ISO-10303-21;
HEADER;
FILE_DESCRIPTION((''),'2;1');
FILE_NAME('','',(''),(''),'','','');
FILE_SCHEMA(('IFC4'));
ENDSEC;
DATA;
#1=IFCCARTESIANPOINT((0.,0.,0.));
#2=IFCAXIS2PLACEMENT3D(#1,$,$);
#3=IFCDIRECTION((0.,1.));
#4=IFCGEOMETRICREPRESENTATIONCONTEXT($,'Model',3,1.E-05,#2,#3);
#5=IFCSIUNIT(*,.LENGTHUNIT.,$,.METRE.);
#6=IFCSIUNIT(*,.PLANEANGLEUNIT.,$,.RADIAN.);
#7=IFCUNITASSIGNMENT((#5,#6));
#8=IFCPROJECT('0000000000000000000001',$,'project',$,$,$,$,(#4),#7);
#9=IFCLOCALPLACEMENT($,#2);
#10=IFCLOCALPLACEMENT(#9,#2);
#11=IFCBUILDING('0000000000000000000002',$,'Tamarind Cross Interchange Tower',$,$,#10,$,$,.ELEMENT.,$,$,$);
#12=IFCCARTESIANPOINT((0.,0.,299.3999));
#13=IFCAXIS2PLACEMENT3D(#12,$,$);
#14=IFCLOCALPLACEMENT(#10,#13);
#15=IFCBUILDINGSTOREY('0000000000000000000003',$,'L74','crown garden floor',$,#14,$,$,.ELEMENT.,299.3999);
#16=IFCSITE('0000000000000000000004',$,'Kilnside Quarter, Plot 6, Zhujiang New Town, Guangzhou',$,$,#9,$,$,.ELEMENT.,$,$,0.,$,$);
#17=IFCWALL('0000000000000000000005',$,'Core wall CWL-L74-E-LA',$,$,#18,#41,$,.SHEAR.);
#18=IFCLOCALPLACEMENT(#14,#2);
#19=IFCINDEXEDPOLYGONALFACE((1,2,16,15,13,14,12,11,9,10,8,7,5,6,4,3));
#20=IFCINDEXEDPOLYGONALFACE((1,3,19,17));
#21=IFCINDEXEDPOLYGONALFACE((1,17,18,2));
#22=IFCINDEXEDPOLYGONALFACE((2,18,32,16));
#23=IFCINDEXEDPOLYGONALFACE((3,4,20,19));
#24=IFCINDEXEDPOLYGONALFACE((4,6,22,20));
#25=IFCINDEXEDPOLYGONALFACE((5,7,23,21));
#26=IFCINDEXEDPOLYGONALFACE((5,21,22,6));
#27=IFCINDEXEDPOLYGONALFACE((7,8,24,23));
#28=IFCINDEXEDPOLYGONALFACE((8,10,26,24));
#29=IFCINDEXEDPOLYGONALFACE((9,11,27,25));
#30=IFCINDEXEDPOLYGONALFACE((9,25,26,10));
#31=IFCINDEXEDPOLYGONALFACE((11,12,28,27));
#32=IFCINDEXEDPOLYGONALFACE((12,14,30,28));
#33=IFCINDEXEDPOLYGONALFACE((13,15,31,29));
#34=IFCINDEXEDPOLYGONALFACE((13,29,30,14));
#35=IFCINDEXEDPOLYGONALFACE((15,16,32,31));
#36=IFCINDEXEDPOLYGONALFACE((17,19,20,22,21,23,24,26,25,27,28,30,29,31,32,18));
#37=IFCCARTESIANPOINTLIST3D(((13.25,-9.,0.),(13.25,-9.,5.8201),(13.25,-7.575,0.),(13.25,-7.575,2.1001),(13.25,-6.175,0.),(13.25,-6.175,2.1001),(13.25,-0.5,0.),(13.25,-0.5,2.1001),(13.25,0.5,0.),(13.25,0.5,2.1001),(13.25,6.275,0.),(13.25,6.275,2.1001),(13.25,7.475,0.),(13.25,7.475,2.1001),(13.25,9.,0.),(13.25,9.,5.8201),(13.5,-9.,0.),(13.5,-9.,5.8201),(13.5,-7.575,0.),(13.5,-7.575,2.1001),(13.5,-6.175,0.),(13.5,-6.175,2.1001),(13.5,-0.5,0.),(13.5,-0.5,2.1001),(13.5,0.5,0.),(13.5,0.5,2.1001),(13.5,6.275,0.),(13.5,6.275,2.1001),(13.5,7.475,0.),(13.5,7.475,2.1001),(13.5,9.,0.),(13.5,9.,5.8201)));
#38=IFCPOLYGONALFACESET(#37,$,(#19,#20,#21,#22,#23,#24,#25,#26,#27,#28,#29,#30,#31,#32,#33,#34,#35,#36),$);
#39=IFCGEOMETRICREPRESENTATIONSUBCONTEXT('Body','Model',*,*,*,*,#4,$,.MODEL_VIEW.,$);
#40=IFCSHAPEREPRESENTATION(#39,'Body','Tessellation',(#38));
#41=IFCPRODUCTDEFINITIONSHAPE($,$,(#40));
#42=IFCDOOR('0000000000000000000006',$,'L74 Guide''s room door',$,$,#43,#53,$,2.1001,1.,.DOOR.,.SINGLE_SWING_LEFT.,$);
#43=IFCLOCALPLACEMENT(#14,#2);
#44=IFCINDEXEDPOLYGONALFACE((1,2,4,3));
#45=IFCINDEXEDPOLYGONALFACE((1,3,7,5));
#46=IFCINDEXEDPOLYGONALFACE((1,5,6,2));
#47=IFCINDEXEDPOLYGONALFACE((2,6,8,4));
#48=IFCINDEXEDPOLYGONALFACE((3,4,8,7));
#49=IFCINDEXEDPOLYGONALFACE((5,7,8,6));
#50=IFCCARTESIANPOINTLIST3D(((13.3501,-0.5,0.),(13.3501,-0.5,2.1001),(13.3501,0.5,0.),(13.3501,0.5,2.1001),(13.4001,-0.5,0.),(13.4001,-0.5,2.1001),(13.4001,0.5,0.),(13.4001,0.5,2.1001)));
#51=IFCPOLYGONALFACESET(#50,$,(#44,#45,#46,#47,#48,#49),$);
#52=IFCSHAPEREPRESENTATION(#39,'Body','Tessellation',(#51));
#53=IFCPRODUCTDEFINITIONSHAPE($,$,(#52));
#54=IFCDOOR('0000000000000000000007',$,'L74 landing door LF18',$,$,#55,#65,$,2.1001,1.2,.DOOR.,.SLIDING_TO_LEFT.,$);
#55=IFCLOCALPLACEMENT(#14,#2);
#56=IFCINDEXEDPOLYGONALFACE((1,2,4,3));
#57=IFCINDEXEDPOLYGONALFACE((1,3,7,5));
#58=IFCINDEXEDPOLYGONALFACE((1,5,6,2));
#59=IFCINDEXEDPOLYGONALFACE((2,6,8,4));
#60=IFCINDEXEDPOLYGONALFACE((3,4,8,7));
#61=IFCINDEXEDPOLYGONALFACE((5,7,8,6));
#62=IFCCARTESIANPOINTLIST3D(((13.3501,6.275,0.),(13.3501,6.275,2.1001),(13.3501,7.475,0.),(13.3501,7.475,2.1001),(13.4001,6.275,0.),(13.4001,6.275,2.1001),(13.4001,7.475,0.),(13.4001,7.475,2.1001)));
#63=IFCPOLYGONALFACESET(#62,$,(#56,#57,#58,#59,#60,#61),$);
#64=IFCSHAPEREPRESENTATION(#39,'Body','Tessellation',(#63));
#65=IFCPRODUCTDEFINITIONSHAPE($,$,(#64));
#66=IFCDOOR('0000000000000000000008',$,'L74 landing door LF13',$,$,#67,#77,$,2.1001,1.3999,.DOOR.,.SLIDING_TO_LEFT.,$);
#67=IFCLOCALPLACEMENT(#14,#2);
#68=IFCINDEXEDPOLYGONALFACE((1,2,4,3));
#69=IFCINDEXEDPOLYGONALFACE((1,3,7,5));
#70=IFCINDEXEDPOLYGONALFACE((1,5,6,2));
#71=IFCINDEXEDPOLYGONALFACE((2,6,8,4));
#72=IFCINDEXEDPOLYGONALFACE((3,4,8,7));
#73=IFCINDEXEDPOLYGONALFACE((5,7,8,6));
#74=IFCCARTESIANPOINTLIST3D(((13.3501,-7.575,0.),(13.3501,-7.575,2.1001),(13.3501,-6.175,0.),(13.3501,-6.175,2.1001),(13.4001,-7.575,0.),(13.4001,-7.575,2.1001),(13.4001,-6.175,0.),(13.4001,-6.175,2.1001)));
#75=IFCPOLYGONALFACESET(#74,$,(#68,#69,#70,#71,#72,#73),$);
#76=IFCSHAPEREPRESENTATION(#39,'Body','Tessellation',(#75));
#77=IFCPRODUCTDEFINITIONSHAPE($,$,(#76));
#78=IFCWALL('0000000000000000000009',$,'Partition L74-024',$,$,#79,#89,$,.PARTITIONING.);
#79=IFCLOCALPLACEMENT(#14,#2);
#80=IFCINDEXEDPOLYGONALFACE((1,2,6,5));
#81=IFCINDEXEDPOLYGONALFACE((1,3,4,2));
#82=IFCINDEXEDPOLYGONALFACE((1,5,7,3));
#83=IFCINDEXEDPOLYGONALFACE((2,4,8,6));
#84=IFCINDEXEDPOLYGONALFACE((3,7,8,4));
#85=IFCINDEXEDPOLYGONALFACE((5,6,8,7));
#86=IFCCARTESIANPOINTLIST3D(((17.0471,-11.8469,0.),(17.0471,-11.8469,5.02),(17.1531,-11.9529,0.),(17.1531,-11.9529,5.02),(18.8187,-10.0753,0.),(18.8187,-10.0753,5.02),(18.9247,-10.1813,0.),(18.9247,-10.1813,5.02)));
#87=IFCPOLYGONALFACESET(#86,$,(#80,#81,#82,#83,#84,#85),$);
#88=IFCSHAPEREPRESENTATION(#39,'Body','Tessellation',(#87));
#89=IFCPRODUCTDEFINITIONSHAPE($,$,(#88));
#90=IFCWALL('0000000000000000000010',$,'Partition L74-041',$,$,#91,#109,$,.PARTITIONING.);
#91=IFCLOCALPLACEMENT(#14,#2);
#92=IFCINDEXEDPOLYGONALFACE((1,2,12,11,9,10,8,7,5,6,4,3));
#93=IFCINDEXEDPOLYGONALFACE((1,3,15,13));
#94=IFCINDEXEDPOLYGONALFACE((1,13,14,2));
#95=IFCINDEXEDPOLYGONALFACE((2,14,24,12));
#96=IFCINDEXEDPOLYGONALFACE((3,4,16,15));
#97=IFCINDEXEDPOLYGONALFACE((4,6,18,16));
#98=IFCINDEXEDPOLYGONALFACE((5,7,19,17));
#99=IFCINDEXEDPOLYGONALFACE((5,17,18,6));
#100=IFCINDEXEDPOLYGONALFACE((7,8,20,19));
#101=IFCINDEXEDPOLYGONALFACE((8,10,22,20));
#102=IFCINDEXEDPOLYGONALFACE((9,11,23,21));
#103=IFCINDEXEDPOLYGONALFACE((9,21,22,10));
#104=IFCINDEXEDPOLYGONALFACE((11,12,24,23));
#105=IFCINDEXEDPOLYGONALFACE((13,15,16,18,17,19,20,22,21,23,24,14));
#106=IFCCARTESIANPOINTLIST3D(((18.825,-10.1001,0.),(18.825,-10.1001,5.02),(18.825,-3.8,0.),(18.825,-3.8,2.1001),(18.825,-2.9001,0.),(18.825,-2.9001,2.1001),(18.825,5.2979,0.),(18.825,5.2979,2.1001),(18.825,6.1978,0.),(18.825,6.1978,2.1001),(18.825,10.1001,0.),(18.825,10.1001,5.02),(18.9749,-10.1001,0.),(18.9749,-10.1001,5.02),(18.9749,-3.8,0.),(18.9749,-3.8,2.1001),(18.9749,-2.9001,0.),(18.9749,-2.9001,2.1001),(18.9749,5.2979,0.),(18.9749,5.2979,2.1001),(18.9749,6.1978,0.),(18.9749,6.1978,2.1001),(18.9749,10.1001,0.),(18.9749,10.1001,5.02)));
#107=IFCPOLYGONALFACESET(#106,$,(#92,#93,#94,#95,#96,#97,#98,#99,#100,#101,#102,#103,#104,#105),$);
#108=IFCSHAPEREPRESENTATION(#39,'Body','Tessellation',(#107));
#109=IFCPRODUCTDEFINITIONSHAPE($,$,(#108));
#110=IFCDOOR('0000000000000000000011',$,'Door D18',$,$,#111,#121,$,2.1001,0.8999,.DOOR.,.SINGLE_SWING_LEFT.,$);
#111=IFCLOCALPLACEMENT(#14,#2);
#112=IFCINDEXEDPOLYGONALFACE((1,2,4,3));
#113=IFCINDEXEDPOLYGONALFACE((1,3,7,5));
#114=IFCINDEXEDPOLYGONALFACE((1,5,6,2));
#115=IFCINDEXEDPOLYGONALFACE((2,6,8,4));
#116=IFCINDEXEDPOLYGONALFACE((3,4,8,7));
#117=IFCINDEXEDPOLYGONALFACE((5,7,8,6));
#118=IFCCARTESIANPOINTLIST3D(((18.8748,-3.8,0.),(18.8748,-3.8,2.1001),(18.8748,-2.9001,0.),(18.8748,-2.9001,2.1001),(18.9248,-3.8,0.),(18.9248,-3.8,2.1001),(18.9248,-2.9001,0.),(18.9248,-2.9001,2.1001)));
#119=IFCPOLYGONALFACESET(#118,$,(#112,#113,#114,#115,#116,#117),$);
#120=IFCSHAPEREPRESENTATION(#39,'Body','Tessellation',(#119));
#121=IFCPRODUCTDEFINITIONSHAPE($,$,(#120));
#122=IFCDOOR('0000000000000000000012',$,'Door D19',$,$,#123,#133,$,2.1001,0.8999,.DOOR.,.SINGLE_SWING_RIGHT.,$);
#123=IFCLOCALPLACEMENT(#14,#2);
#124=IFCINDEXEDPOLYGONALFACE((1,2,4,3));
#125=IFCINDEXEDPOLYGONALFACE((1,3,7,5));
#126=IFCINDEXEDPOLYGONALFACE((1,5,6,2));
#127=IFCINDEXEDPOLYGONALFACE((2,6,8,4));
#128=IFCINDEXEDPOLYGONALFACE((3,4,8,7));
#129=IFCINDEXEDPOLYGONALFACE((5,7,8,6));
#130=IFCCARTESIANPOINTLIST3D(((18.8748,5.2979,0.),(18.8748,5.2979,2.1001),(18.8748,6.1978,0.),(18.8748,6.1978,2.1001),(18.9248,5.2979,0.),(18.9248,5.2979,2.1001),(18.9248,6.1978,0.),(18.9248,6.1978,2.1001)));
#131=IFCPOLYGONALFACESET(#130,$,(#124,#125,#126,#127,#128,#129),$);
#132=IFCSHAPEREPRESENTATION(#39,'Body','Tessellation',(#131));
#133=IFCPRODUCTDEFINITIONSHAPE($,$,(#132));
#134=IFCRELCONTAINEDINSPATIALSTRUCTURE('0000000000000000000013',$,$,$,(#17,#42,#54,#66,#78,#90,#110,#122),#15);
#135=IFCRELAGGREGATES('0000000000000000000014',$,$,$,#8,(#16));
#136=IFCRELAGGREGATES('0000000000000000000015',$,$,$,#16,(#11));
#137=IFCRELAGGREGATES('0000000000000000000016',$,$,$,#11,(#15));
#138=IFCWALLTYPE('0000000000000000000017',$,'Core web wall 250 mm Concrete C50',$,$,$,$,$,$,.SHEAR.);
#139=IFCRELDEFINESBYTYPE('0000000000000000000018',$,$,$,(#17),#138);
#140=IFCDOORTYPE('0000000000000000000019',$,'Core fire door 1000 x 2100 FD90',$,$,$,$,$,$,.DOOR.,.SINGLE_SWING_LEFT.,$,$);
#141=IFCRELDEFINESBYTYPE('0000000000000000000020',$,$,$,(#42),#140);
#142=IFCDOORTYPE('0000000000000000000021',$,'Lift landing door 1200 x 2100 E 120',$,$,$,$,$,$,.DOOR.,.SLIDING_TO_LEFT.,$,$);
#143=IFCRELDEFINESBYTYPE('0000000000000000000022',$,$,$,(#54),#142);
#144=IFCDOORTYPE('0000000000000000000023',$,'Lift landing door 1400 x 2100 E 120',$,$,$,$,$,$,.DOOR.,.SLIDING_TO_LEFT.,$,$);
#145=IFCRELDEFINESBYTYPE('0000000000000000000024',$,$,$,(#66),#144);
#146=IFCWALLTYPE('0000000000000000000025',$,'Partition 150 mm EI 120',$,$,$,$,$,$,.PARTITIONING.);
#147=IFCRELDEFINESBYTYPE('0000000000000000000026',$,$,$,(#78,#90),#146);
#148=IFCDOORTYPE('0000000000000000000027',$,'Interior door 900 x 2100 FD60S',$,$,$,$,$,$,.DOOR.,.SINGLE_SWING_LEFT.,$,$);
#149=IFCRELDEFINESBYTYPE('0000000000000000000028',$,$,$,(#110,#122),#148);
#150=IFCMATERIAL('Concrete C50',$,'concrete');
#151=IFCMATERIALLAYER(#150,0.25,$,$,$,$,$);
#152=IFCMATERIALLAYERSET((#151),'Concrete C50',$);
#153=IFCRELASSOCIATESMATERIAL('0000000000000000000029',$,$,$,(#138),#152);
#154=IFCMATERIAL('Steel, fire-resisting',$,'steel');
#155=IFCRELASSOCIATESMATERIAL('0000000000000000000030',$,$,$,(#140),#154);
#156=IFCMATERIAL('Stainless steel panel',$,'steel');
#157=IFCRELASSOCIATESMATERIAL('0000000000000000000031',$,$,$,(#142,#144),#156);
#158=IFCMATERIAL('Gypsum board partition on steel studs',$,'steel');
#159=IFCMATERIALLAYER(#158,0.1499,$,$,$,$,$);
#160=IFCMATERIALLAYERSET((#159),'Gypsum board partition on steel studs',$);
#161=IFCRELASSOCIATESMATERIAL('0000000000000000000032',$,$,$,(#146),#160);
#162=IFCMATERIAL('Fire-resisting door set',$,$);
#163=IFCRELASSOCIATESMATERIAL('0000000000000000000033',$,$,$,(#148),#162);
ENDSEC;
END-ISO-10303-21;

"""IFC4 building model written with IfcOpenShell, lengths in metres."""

from ifc_helpers import new_model, si_unit, direction, frame, frame_2d, origin, place, context, subcontext, project, spatial, rectangle, extrude, material, layer, layer_set, type_object, element, fill, save


model = new_model("IFC4")

# Units and contexts
model_context = context("Model", 3, precision=1e-05, world=origin(), true_north=direction((0.0, 1.0)))
body_context = subcontext(model_context, "Body", "Model", "MODEL_VIEW")
ifc_project = project(units=[si_unit("LENGTHUNIT", "METRE"), si_unit("PLANEANGLEUNIT", "RADIAN")], contexts=[model_context])

# Site, building, storey
site_placement = place(None, origin())
site = spatial("IfcSite", under=ifc_project, at=site_placement, Name="Kilnside Quarter, Plot 6, Zhujiang New Town, Guangzhou", CompositionType="ELEMENT", RefElevation=0.0)
building_placement = place(site_placement, origin())
building = spatial("IfcBuilding", under=site, at=building_placement, Name="Tamarind Cross Interchange Tower", CompositionType="ELEMENT")
storey_placement = place(building_placement, frame((0.0, 0.0, 299.3999)))
storey = spatial("IfcBuildingStorey", under=building, at=storey_placement, Name="L74", Description="crown garden floor", CompositionType="ELEMENT", Elevation=299.3999)

# Wall, openings, doors
ifc_material_1 = material(Name="Concrete C50", Category="concrete")
ifc_material_2 = material(Name="Steel, fire-resisting", Category="steel")
ifc_layer_1 = layer(ifc_material_1, 0.25)
ifc_layer_set_1 = layer_set([ifc_layer_1], Name="Concrete C50")
wall_type_1 = type_object("IfcWallType", Name="Core web wall 250 mm Concrete C50", PredefinedType="SHEAR", material=ifc_layer_set_1)
wall_1_placement = place(storey_placement, frame((13.375, -9.0, 0.0), z_axis=(0.0, 0.0, 1.0), x_axis=(0.0, 1.0, 0.0)))
wall_1 = element("IfcWall", 1, at=wall_1_placement, inside=storey, type_object=wall_type_1, Name="Core wall CWL-L74-E-LA", PredefinedType="SHEAR", context=body_context, shape_type="SweptSolid", body=[
    extrude(rectangle(XDim=18.0, YDim=0.25, at=frame_2d((9.0, 0.0))), origin(), (0.0, 0.0, 1.0), 5.8201),
])
opening_1_placement = place(wall_1_placement, frame((1.425, 0.0, 0.0)))
opening_1 = element("IfcOpeningElement", 2, at=opening_1_placement, cuts=wall_1, PredefinedType="OPENING", context=body_context, shape_type="SweptSolid", body=[
    extrude(rectangle(XDim=1.3999, YDim=2.1001, at=frame_2d((0.7, 1.05))), frame((0.0, 0.135, 0.0), z_axis=(0.0, -1.0, 0.0), x_axis=(1.0, 0.0, 0.0)), (0.0, 0.0, 1.0), 0.27),
])
opening_2_placement = place(wall_1_placement, frame((15.2749, 0.0, 0.0)))
opening_2 = element("IfcOpeningElement", 3, at=opening_2_placement, cuts=wall_1, PredefinedType="OPENING", context=body_context, shape_type="SweptSolid", body=[
    extrude(rectangle(XDim=1.2, YDim=2.1001, at=frame_2d((0.6001, 1.05))), frame((0.0, 0.135, 0.0), z_axis=(0.0, -1.0, 0.0), x_axis=(1.0, 0.0, 0.0)), (0.0, 0.0, 1.0), 0.27),
])
opening_3_placement = place(wall_1_placement, frame((8.5, 0.0, 0.0)))
opening_3 = element("IfcOpeningElement", 4, at=opening_3_placement, cuts=wall_1, PredefinedType="OPENING", context=body_context, shape_type="SweptSolid", body=[
    extrude(rectangle(XDim=1.0, YDim=2.1001, at=frame_2d((0.5, 1.05))), frame((0.0, 0.135, 0.0), z_axis=(0.0, -1.0, 0.0), x_axis=(1.0, 0.0, 0.0)), (0.0, 0.0, 1.0), 0.27),
])
door_type_1 = type_object("IfcDoorType", Name="Core fire door 1000 x 2100 FD90", OperationType="SINGLE_SWING_LEFT", PredefinedType="DOOR", material=ifc_material_2)
door_1_placement = place(opening_3_placement, origin())
door_1 = element("IfcDoor", 5, at=door_1_placement, inside=storey, type_object=door_type_1, Name="L74 Guide's room door", OperationType="SINGLE_SWING_LEFT", OverallHeight=2.1001, OverallWidth=1.0, PredefinedType="DOOR", context=body_context, shape_type="SweptSolid", body=[
    extrude(rectangle(XDim=1.0, YDim=2.1001, at=frame_2d((0.5, 1.05))), frame((0.0, 0.0249, 0.0), z_axis=(0.0, -1.0, 0.0), x_axis=(1.0, 0.0, 0.0)), (0.0, 0.0, 1.0), 0.05),
])
fill(opening_3, door_1)
ifc_material_3 = material(Name="Stainless steel panel", Category="steel")
door_type_2 = type_object("IfcDoorType", Name="Lift landing door 1200 x 2100 E 120", OperationType="SLIDING_TO_LEFT", PredefinedType="DOOR", material=ifc_material_3)
door_2_placement = place(opening_2_placement, origin())
door_2 = element("IfcDoor", 6, at=door_2_placement, inside=storey, type_object=door_type_2, Name="L74 landing door LF18", OperationType="SLIDING_TO_LEFT", OverallHeight=2.1001, OverallWidth=1.2, PredefinedType="DOOR", context=body_context, shape_type="SweptSolid", body=[
    extrude(rectangle(XDim=1.2, YDim=2.1001, at=frame_2d((0.6001, 1.05))), frame((0.0, 0.0249, 0.0), z_axis=(0.0, -1.0, 0.0), x_axis=(1.0, 0.0, 0.0)), (0.0, 0.0, 1.0), 0.05),
])
fill(opening_2, door_2)
door_type_3 = type_object("IfcDoorType", Name="Lift landing door 1400 x 2100 E 120", OperationType="SLIDING_TO_LEFT", PredefinedType="DOOR", material=ifc_material_3)
door_3_placement = place(opening_1_placement, origin())
door_3 = element("IfcDoor", 7, at=door_3_placement, inside=storey, type_object=door_type_3, Name="L74 landing door LF13", OperationType="SLIDING_TO_LEFT", OverallHeight=2.1001, OverallWidth=1.3999, PredefinedType="DOOR", context=body_context, shape_type="SweptSolid", body=[
    extrude(rectangle(XDim=1.3999, YDim=2.1001, at=frame_2d((0.7, 1.05))), frame((0.0, 0.0249, 0.0), z_axis=(0.0, -1.0, 0.0), x_axis=(1.0, 0.0, 0.0)), (0.0, 0.0, 1.0), 0.05),
])
fill(opening_1, door_3)

# Wall
ifc_material_4 = material(Name="Gypsum board partition on steel studs", Category="steel")
ifc_layer_2 = layer(ifc_material_4, 0.1499)
ifc_layer_set_2 = layer_set([ifc_layer_2], Name="Gypsum board partition on steel studs")
wall_type_2 = type_object("IfcWallType", Name="Partition 150 mm EI 120", PredefinedType="PARTITIONING", material=ifc_layer_set_2)
wall_2_placement = place(storey_placement, frame((17.1001, -11.8999, 0.0), z_axis=(0.0, 0.0, 1.0), x_axis=(0.707107, 0.707107, 0.0)))
element("IfcWall", 8, at=wall_2_placement, inside=storey, type_object=wall_type_2, Name="Partition L74-024", PredefinedType="PARTITIONING", context=body_context, shape_type="SweptSolid", body=[
    extrude(rectangle(XDim=2.5054, YDim=0.1499, at=frame_2d((1.2527, 0.0))), origin(), (0.0, 0.0, 1.0), 5.02),
])

# Wall, openings, doors
wall_3_placement = place(storey_placement, frame((18.8999, -10.1001, 0.0), z_axis=(0.0, 0.0, 1.0), x_axis=(0.0, 1.0, 0.0)))
wall_3 = element("IfcWall", 9, at=wall_3_placement, inside=storey, type_object=wall_type_2, Name="Partition L74-041", PredefinedType="PARTITIONING", context=body_context, shape_type="SweptSolid", body=[
    extrude(rectangle(XDim=20.2002, YDim=0.1499, at=frame_2d((10.1001, 0.0))), origin(), (0.0, 0.0, 1.0), 5.02),
])
opening_4_placement = place(wall_3_placement, frame((6.3, 0.0, 0.0)))
opening_4 = element("IfcOpeningElement", 10, at=opening_4_placement, cuts=wall_3, PredefinedType="OPENING", context=body_context, shape_type="SweptSolid", body=[
    extrude(rectangle(XDim=0.8999, YDim=2.1001, at=frame_2d((0.45, 1.05))), frame((0.0, 0.085, 0.0), z_axis=(0.0, -1.0, 0.0), x_axis=(1.0, 0.0, 0.0)), (0.0, 0.0, 1.0), 0.1699),
])
opening_5_placement = place(wall_3_placement, frame((15.3979, 0.0, 0.0)))
opening_5 = element("IfcOpeningElement", 11, at=opening_5_placement, cuts=wall_3, PredefinedType="OPENING", context=body_context, shape_type="SweptSolid", body=[
    extrude(rectangle(XDim=0.8999, YDim=2.1001, at=frame_2d((0.45, 1.05))), frame((0.0, 0.085, 0.0), z_axis=(0.0, -1.0, 0.0), x_axis=(1.0, 0.0, 0.0)), (0.0, 0.0, 1.0), 0.1699),
])
ifc_material_5 = material(Name="Fire-resisting door set")
door_type_4 = type_object("IfcDoorType", Name="Interior door 900 x 2100 FD60S", OperationType="SINGLE_SWING_LEFT", PredefinedType="DOOR", material=ifc_material_5)
door_4_placement = place(opening_4_placement, frame((0.8999, 0.0, 0.0), z_axis=(0.0, 0.0, 1.0), x_axis=(-1.0, 0.0, 0.0)))
door_4 = element("IfcDoor", 12, at=door_4_placement, inside=storey, type_object=door_type_4, Name="Door D18", OperationType="SINGLE_SWING_LEFT", OverallHeight=2.1001, OverallWidth=0.8999, PredefinedType="DOOR", context=body_context, shape_type="SweptSolid", body=[
    extrude(rectangle(XDim=0.8999, YDim=2.1001, at=frame_2d((0.45, 1.05))), frame((0.0, 0.0249, 0.0), z_axis=(0.0, -1.0, 0.0), x_axis=(1.0, 0.0, 0.0)), (0.0, 0.0, 1.0), 0.05),
])
fill(opening_4, door_4)
door_5_placement = place(opening_5_placement, frame((0.8999, 0.0, 0.0), z_axis=(0.0, 0.0, 1.0), x_axis=(-1.0, 0.0, 0.0)))
door_5 = element("IfcDoor", 13, at=door_5_placement, inside=storey, type_object=door_type_4, Name="Door D19", OperationType="SINGLE_SWING_RIGHT", OverallHeight=2.1001, OverallWidth=0.8999, PredefinedType="DOOR", context=body_context, shape_type="SweptSolid", body=[
    extrude(rectangle(XDim=0.8999, YDim=2.1001, at=frame_2d((0.45, 1.05))), frame((0.0, 0.0249, 0.0), z_axis=(0.0, -1.0, 0.0), x_axis=(1.0, 0.0, 0.0)), (0.0, 0.0, 1.0), 0.05),
])
fill(opening_5, door_5)

save(model, "model.ifc")
